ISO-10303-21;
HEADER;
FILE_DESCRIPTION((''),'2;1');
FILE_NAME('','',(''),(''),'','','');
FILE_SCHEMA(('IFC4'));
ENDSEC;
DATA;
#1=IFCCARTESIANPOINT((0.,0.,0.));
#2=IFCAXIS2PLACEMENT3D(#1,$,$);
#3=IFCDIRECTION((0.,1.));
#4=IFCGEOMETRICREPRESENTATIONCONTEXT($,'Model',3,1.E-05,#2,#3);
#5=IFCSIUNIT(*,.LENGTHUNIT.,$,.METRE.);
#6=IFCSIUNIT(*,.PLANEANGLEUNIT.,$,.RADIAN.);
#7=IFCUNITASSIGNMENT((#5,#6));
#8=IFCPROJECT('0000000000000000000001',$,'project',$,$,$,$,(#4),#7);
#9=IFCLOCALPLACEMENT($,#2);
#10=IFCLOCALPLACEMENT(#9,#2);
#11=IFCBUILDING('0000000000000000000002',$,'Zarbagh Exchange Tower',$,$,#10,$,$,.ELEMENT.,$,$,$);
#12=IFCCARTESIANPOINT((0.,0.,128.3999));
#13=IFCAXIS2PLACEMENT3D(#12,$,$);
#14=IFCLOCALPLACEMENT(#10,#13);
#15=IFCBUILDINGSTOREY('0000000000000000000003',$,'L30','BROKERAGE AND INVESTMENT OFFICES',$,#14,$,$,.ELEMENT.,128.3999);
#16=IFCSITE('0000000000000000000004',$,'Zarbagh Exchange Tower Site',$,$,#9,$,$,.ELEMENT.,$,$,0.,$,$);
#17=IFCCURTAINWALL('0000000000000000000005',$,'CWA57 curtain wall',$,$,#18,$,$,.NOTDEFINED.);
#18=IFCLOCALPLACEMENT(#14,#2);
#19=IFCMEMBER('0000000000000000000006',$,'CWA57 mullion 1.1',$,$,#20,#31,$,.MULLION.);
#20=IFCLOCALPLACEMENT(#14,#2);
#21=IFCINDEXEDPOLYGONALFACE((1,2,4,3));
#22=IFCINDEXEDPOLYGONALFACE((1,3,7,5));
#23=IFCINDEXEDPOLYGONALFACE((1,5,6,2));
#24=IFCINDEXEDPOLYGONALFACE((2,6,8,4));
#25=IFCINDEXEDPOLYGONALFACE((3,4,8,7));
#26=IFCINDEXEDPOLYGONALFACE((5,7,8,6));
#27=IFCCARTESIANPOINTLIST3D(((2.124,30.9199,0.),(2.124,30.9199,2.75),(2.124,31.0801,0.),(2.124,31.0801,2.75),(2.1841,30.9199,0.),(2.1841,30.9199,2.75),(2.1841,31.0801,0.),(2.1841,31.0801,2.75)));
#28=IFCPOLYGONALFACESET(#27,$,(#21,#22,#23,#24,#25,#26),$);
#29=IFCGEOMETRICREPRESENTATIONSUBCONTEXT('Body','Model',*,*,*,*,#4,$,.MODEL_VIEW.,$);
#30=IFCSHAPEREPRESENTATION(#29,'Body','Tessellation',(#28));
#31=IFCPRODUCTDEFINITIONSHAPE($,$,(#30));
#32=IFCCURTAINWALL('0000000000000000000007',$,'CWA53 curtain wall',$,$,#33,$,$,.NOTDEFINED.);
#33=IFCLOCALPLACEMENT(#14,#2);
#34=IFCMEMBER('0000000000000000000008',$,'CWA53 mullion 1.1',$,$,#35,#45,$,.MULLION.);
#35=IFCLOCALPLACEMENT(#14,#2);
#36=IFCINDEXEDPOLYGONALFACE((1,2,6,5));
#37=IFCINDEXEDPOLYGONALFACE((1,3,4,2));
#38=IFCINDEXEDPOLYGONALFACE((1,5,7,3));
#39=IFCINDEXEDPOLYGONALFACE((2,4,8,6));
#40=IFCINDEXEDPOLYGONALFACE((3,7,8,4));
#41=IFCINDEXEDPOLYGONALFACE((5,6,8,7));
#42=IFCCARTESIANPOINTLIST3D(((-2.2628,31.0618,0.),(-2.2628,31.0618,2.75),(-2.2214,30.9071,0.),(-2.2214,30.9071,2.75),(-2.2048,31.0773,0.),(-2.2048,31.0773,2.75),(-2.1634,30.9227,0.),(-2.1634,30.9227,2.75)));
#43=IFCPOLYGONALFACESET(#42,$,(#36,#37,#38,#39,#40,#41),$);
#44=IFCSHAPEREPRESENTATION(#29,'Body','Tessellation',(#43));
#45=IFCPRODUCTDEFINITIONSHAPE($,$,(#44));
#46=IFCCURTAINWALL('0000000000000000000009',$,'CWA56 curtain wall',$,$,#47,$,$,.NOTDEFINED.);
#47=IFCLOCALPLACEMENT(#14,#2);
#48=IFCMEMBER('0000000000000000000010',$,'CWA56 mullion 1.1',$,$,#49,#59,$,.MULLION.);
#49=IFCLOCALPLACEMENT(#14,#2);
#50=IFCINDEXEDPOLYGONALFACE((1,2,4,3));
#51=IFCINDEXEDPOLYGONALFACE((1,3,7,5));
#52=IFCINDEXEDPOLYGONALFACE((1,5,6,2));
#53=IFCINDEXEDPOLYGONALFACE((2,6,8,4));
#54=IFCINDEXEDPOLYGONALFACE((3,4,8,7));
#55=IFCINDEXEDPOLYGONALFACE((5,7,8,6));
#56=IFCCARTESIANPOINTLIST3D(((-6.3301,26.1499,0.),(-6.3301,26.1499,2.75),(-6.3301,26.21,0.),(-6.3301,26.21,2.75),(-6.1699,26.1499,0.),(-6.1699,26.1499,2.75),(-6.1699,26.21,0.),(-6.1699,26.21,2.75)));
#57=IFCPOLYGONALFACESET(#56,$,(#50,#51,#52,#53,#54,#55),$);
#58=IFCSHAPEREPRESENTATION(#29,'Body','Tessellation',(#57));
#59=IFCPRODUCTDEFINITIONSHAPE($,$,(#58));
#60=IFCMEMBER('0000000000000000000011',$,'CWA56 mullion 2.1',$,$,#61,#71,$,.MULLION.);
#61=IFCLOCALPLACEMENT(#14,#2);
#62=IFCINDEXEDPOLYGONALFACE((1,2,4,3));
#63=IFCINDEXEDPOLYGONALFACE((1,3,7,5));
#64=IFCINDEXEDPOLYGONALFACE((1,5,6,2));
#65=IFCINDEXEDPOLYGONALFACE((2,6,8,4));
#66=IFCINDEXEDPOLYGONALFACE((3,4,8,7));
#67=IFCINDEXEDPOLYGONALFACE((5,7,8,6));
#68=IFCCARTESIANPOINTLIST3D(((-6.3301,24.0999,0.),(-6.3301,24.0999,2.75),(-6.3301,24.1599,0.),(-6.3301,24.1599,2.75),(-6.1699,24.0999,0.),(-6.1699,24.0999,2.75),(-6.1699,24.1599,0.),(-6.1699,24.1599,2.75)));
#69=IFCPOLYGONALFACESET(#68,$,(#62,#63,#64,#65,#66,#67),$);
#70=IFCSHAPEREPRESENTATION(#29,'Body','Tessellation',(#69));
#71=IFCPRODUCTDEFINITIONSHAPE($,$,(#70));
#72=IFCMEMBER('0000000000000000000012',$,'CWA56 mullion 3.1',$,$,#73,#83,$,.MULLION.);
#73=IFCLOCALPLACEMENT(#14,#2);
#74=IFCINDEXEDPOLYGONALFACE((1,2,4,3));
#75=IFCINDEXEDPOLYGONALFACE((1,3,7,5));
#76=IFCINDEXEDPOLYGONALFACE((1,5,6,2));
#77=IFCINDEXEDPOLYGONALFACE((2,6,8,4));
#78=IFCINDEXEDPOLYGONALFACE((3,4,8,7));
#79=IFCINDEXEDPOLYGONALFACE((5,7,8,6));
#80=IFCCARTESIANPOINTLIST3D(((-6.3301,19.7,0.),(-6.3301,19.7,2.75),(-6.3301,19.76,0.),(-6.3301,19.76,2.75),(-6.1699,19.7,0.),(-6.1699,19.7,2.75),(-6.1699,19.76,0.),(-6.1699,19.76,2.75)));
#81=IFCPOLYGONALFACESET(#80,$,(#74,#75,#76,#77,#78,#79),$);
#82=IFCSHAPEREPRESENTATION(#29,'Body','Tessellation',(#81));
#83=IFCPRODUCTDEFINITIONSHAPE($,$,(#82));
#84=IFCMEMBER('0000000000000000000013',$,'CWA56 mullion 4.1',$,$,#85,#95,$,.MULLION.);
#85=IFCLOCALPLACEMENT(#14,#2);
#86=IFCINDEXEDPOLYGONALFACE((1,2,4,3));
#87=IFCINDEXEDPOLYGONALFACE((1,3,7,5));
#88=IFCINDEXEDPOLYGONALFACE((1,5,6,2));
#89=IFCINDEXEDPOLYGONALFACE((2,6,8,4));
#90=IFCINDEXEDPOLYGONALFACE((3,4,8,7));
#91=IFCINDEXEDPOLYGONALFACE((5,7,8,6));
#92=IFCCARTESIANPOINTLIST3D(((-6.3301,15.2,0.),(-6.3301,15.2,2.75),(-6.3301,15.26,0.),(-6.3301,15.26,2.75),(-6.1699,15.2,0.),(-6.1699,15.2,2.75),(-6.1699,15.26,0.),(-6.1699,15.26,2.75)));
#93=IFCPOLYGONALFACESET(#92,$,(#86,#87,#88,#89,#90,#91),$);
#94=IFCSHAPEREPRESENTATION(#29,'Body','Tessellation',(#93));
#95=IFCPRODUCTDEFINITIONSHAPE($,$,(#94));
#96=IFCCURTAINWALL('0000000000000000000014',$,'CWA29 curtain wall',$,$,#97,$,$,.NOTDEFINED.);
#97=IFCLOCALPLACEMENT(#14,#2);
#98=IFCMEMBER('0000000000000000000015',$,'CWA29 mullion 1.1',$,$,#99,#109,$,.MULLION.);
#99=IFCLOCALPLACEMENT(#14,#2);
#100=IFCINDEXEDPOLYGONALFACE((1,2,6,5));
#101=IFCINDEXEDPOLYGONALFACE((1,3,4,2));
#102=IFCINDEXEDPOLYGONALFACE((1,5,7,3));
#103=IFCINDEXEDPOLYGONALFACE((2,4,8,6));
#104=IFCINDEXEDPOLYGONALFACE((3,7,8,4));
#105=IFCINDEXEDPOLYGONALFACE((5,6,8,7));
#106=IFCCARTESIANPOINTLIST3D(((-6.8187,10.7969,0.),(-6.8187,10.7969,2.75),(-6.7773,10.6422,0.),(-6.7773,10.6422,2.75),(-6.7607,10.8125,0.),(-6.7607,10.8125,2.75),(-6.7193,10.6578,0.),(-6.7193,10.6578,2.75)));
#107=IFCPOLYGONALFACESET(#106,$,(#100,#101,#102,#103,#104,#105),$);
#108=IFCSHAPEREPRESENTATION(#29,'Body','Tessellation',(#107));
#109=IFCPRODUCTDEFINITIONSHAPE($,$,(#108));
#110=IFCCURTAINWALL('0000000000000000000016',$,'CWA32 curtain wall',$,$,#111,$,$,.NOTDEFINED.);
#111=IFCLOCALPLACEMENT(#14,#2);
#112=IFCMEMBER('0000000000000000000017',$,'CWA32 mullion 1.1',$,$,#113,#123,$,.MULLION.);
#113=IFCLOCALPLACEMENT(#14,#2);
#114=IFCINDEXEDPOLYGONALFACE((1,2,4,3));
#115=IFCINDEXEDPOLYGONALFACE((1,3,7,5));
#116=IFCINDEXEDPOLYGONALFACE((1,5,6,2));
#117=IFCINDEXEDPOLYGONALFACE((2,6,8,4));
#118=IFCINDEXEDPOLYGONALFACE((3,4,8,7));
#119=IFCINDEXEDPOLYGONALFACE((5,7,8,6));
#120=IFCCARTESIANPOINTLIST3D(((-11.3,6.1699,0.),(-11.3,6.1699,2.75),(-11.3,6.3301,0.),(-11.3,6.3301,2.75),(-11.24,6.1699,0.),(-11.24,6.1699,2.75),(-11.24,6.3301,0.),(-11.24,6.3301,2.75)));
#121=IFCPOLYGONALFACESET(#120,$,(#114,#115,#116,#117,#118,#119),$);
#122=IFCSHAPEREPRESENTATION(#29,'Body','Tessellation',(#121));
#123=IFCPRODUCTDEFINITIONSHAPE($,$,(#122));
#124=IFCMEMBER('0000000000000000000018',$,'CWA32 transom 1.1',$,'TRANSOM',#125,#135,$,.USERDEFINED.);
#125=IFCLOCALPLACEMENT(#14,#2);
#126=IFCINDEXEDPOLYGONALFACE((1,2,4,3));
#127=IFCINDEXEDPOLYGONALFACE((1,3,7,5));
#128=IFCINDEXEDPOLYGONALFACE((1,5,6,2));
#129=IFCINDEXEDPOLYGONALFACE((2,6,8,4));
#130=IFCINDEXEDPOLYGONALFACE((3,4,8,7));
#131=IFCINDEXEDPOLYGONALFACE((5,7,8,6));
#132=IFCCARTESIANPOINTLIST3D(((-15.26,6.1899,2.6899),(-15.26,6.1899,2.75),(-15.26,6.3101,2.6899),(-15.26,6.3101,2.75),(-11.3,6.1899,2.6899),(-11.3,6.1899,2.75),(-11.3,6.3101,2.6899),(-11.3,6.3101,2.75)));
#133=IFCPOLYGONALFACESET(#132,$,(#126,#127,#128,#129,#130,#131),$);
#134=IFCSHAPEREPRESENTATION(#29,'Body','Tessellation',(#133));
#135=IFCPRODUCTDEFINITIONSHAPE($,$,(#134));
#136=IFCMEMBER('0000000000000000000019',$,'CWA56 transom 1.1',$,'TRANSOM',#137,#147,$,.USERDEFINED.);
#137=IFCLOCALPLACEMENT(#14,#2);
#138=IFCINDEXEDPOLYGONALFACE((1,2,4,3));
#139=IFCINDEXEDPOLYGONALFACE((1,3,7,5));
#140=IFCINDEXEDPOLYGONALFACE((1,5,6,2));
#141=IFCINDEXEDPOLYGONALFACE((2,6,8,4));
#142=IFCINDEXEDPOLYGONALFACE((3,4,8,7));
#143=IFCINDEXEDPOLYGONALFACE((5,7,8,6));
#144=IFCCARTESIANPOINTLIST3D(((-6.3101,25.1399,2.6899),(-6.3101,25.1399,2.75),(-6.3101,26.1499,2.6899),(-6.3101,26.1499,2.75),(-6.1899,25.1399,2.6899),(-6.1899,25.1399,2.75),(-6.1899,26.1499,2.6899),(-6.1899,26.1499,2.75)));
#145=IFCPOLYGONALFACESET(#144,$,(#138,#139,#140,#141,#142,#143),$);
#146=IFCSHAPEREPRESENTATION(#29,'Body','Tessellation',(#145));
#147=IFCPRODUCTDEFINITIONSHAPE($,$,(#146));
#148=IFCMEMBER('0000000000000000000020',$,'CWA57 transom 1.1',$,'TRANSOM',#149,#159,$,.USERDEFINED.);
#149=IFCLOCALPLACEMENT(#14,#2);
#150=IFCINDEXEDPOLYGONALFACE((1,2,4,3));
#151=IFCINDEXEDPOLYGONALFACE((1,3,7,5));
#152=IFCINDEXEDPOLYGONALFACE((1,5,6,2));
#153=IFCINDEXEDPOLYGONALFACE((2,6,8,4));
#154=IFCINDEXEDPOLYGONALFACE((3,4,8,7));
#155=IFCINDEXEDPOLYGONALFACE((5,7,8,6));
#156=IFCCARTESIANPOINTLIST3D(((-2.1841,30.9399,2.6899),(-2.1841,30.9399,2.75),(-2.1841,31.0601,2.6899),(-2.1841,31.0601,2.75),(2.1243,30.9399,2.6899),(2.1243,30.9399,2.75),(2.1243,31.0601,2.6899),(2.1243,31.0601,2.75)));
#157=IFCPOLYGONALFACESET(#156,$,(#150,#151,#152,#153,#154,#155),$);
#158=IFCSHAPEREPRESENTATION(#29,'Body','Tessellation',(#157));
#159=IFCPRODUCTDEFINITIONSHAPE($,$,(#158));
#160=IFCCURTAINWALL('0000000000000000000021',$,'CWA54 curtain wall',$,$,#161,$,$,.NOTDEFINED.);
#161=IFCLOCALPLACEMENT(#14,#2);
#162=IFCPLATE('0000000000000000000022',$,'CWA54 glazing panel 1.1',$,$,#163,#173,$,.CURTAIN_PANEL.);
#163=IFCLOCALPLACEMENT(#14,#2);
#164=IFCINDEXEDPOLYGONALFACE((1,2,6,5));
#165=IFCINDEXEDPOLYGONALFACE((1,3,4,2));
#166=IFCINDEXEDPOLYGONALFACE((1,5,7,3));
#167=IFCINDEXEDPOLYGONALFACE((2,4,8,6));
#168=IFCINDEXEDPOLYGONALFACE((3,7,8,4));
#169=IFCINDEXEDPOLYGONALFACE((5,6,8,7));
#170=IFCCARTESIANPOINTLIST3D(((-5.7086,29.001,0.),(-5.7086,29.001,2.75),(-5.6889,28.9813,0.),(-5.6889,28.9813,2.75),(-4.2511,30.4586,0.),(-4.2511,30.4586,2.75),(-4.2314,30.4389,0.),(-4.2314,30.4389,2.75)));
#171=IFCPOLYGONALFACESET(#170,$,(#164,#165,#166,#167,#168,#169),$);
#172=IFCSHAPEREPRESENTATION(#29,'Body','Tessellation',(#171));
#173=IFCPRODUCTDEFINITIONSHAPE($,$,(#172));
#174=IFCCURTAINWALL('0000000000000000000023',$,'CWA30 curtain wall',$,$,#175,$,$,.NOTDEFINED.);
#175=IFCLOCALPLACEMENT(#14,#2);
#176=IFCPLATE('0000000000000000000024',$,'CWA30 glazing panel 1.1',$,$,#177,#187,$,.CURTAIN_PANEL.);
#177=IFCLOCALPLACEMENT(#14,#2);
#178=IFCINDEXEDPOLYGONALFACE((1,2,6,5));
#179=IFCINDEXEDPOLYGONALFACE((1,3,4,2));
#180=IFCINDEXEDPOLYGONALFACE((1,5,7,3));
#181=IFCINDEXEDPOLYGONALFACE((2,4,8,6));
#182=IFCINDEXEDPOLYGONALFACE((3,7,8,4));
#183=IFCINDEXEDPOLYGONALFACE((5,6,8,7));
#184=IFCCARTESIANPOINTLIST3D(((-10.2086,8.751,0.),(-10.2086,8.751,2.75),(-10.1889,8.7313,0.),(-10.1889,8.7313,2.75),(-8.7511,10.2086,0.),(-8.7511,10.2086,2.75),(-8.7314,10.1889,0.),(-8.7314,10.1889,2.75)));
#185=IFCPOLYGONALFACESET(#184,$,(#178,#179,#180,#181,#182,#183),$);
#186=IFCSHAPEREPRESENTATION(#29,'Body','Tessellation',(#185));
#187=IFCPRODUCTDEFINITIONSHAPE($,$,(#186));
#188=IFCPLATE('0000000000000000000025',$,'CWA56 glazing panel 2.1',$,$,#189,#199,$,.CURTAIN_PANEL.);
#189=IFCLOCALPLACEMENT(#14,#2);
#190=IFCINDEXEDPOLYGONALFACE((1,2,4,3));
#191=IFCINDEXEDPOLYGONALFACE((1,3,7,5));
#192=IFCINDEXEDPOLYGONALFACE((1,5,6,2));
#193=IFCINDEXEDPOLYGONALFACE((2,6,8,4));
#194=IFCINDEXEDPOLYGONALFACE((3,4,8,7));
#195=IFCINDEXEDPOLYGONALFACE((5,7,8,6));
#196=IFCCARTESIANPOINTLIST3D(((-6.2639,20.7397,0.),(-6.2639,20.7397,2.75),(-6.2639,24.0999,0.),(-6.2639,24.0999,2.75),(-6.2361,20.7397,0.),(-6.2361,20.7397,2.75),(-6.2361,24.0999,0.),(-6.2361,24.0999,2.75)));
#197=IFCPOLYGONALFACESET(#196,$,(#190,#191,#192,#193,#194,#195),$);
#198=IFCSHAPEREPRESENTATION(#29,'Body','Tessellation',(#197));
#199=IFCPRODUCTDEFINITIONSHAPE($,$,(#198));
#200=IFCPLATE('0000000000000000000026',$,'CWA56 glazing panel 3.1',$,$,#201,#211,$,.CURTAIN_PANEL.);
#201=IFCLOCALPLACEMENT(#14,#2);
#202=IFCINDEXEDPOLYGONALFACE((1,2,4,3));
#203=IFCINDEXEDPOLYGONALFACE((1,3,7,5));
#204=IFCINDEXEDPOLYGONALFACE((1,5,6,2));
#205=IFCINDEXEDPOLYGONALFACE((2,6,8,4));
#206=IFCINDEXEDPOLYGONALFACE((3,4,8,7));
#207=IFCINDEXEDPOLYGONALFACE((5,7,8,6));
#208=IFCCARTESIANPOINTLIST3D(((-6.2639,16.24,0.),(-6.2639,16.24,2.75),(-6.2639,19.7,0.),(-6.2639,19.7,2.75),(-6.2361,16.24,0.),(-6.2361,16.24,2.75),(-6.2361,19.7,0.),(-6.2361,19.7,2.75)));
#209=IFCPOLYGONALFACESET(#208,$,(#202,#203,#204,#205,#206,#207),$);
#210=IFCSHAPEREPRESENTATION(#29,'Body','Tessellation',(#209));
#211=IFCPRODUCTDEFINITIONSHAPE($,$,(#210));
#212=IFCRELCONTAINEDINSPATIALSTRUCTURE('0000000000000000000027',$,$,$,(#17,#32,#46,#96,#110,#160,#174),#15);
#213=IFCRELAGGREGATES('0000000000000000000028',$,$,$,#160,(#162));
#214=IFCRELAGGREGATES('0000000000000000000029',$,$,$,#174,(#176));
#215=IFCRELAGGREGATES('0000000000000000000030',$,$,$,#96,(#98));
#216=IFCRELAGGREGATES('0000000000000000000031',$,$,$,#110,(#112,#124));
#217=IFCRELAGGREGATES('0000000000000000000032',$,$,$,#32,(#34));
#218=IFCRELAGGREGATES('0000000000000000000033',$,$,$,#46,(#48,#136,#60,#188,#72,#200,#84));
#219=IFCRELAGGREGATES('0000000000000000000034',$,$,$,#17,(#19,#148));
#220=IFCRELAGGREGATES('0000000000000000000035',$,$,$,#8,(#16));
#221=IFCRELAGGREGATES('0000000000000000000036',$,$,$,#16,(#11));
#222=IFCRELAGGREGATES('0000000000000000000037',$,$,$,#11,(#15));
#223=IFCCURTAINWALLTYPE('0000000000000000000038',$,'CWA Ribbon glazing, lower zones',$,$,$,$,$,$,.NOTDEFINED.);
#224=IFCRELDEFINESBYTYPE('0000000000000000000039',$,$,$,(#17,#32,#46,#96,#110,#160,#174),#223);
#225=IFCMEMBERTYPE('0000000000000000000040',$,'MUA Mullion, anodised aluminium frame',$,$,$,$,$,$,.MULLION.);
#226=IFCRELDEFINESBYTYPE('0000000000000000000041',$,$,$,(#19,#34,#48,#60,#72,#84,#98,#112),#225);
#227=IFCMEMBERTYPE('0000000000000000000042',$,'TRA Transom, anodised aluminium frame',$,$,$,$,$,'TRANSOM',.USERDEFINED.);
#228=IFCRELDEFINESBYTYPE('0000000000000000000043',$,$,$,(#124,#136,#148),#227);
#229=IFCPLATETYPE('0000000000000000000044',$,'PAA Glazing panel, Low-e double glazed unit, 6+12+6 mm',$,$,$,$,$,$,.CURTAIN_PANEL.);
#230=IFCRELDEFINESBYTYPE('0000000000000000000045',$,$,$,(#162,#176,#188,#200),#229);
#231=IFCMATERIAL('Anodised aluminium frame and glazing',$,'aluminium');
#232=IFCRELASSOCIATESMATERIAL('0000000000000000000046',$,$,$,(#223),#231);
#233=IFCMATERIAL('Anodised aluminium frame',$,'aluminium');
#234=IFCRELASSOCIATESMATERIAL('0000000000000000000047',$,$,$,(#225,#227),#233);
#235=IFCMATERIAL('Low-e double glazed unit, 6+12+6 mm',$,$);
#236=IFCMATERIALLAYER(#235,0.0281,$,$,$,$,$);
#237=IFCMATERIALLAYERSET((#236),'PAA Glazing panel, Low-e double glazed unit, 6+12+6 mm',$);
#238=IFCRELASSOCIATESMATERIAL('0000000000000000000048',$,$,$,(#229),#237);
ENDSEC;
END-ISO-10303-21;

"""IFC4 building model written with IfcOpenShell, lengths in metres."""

from ifc_helpers import new_model, si_unit, direction, frame, origin, place, context, subcontext, project, spatial, polyline, outline, extrude, source, transform, mapped, material, layer, layer_set, type_object, element, aggregate, save


model = new_model("IFC4")

# Units and contexts
model_context = context("Model", 3, precision=1e-05, world=origin(), true_north=direction((0.0, 1.0)))
body_context = subcontext(model_context, "Body", "Model", "MODEL_VIEW")
ifc_project = project(units=[si_unit("LENGTHUNIT", "METRE"), si_unit("PLANEANGLEUNIT", "RADIAN")], contexts=[model_context])

# Site, building, storey
site_placement = place(None, origin())
site = spatial("IfcSite", under=ifc_project, at=site_placement, Name="Zarbagh Exchange Tower Site", CompositionType="ELEMENT", RefElevation=0.0)
building_placement = place(site_placement, origin())
building = spatial("IfcBuilding", under=site, at=building_placement, Name="Zarbagh Exchange Tower", CompositionType="ELEMENT")
storey_placement = place(building_placement, frame((0.0, 0.0, 128.3999)))
storey = spatial("IfcBuildingStorey", under=building, at=storey_placement, Name="L30", Description="BROKERAGE AND INVESTMENT OFFICES", CompositionType="ELEMENT", Elevation=128.3999)

# Curtain walls, members
ifc_material_1 = material(Name="Anodised aluminium frame and glazing", Category="aluminium")
curtain_wall_type = type_object("IfcCurtainWallType", Name="CWA Ribbon glazing, lower zones", PredefinedType="NOTDEFINED", material=ifc_material_1)
curtain_wall_1_placement = place(storey_placement, origin())
curtain_wall_1 = element("IfcCurtainWall", 1, at=curtain_wall_1_placement, inside=storey, type_object=curtain_wall_type, Name="CWA57 curtain wall", PredefinedType="NOTDEFINED")
ifc_material_2 = material(Name="Anodised aluminium frame", Category="aluminium")
member_type_1 = type_object("IfcMemberType", Name="MUA Mullion, anodised aluminium frame", PredefinedType="MULLION", material=ifc_material_2)
shared_shape_1 = source(origin(), body_context, "Body", "SweptSolid", [
    extrude(outline(polyline([(0.0, -0.0801), (0.0601, -0.0801), (0.0601, 0.0801), (0.0, 0.0801), (0.0, -0.0801)])), origin(), (0.0, 0.0, 1.0), 2.75),
])
placement = place(storey_placement, origin())
member_1 = element("IfcMember", 2, at=placement, type_object=member_type_1, Name="CWA57 mullion 1.1", PredefinedType="MULLION", context=body_context, shape_type="MappedRepresentation", body=[
    mapped(shared_shape_1, transform((2.1841, 31.0, 0.0), x_axis=(-1.0, 0.0, 0.0), y_axis=(0.0, -1.0, 0.0), z_axis=(0.0, 0.0, 1.0))),
])
curtain_wall_2_placement = place(storey_placement, origin())
curtain_wall_2 = element("IfcCurtainWall", 3, at=curtain_wall_2_placement, inside=storey, type_object=curtain_wall_type, Name="CWA53 curtain wall", PredefinedType="NOTDEFINED")
member_2 = element("IfcMember", 4, at=placement, type_object=member_type_1, Name="CWA53 mullion 1.1", PredefinedType="MULLION", context=body_context, shape_type="MappedRepresentation", body=[
    mapped(shared_shape_1, transform((-2.1841, 31.0, 0.0), x_axis=(-0.965924, -0.258825, 0.0), y_axis=(0.258825, -0.965924, 0.0), z_axis=(0.0, 0.0, 1.0))),
])

# Curtain wall, members
curtain_wall_3_placement = place(storey_placement, origin())
curtain_wall_3 = element("IfcCurtainWall", 5, at=curtain_wall_3_placement, inside=storey, type_object=curtain_wall_type, Name="CWA56 curtain wall", PredefinedType="NOTDEFINED")
member_3 = element("IfcMember", 6, at=placement, type_object=member_type_1, Name="CWA56 mullion 1.1", PredefinedType="MULLION", context=body_context, shape_type="MappedRepresentation", body=[
    mapped(shared_shape_1, transform((-6.25, 26.21, 0.0), x_axis=(0.0, -1.0, 0.0), y_axis=(1.0, 0.0, 0.0), z_axis=(0.0, 0.0, 1.0))),
])
member_4 = element("IfcMember", 7, at=placement, type_object=member_type_1, Name="CWA56 mullion 2.1", PredefinedType="MULLION", context=body_context, shape_type="MappedRepresentation", body=[
    mapped(shared_shape_1, transform((-6.25, 24.1599, 0.0), x_axis=(0.0, -1.0, 0.0), y_axis=(1.0, 0.0, 0.0), z_axis=(0.0, 0.0, 1.0))),
])
member_5 = element("IfcMember", 8, at=placement, type_object=member_type_1, Name="CWA56 mullion 3.1", PredefinedType="MULLION", context=body_context, shape_type="MappedRepresentation", body=[
    mapped(shared_shape_1, transform((-6.25, 19.76, 0.0), x_axis=(0.0, -1.0, 0.0), y_axis=(1.0, 0.0, 0.0), z_axis=(0.0, 0.0, 1.0))),
])
member_6 = element("IfcMember", 9, at=placement, type_object=member_type_1, Name="CWA56 mullion 4.1", PredefinedType="MULLION", context=body_context, shape_type="MappedRepresentation", body=[
    mapped(shared_shape_1, transform((-6.25, 15.26, 0.0), x_axis=(0.0, -1.0, 0.0), y_axis=(1.0, 0.0, 0.0), z_axis=(0.0, 0.0, 1.0))),
])

# Curtain wall, member
curtain_wall_4_placement = place(storey_placement, origin())
curtain_wall_4 = element("IfcCurtainWall", 10, at=curtain_wall_4_placement, inside=storey, type_object=curtain_wall_type, Name="CWA29 curtain wall", PredefinedType="NOTDEFINED")
member_7 = element("IfcMember", 11, at=placement, type_object=member_type_1, Name="CWA29 mullion 1.1", PredefinedType="MULLION", context=body_context, shape_type="MappedRepresentation", body=[
    mapped(shared_shape_1, transform((-6.74, 10.7351, 0.0), x_axis=(-0.965924, -0.258825, 0.0), y_axis=(0.258825, -0.965924, 0.0), z_axis=(0.0, 0.0, 1.0))),
])

# Curtain wall, members
curtain_wall_5_placement = place(storey_placement, origin())
curtain_wall_5 = element("IfcCurtainWall", 12, at=curtain_wall_5_placement, inside=storey, type_object=curtain_wall_type, Name="CWA32 curtain wall", PredefinedType="NOTDEFINED")
member_8 = element("IfcMember", 13, at=placement, type_object=member_type_1, Name="CWA32 mullion 1.1", PredefinedType="MULLION", context=body_context, shape_type="MappedRepresentation", body=[
    mapped(shared_shape_1, transform((-11.24, 6.25, 0.0), x_axis=(-1.0, 0.0, 0.0), y_axis=(0.0, -1.0, 0.0), z_axis=(0.0, 0.0, 1.0))),
])
member_type_2 = type_object("IfcMemberType", Name="TRA Transom, anodised aluminium frame", ElementType="TRANSOM", PredefinedType="USERDEFINED", material=ifc_material_2)
shared_shape_2 = source(origin(), body_context, "Body", "SweptSolid", [
    extrude(outline(polyline([(-0.0601, -0.0601), (0.0, -0.0601), (0.0, 0.0601), (-0.0601, 0.0601), (-0.0601, -0.0601)])), origin(), (0.0, 0.0, 1.0), 3.96),
])
member_9 = element("IfcMember", 14, at=placement, type_object=member_type_2, Name="CWA32 transom 1.1", ObjectType="TRANSOM", PredefinedType="USERDEFINED", context=body_context, shape_type="MappedRepresentation", body=[
    mapped(shared_shape_2, transform((-11.3, 6.25, 2.75), x_axis=(0.0, 0.0, 1.0), y_axis=(0.0, 1.0, 0.0), z_axis=(-1.0, 0.0, 0.0))),
])

# Members
shared_shape_3 = source(origin(), body_context, "Body", "SweptSolid", [
    extrude(outline(polyline([(-0.0601, -0.0601), (0.0, -0.0601), (0.0, 0.0601), (-0.0601, 0.0601), (-0.0601, -0.0601)])), origin(), (0.0, 0.0, 1.0), 1.01),
])
member_10 = element("IfcMember", 15, at=placement, type_object=member_type_2, Name="CWA56 transom 1.1", ObjectType="TRANSOM", PredefinedType="USERDEFINED", context=body_context, shape_type="MappedRepresentation", body=[
    mapped(shared_shape_3, transform((-6.25, 26.1499, 2.75), x_axis=(0.0, 0.0, 1.0), y_axis=(-1.0, 0.0, 0.0), z_axis=(0.0, -1.0, 0.0))),
])
shared_shape_4 = source(origin(), body_context, "Body", "SweptSolid", [
    extrude(outline(polyline([(-0.0601, -0.0601), (0.0, -0.0601), (0.0, 0.0601), (-0.0601, 0.0601), (-0.0601, -0.0601)])), origin(), (0.0, 0.0, 1.0), 4.3083),
])
member_11 = element("IfcMember", 16, at=placement, type_object=member_type_2, Name="CWA57 transom 1.1", ObjectType="TRANSOM", PredefinedType="USERDEFINED", context=body_context, shape_type="MappedRepresentation", body=[
    mapped(shared_shape_4, transform((2.1243, 31.0, 2.75), x_axis=(0.0, 0.0, 1.0), y_axis=(0.0, 1.0, 0.0), z_axis=(-1.0, 0.0, 0.0))),
])

# Curtain walls, plates
curtain_wall_6_placement = place(storey_placement, origin())
curtain_wall_6 = element("IfcCurtainWall", 17, at=curtain_wall_6_placement, inside=storey, type_object=curtain_wall_type, Name="CWA54 curtain wall", PredefinedType="NOTDEFINED")
ifc_material_3 = material(Name="Low-e double glazed unit, 6+12+6 mm")
ifc_layer = layer(ifc_material_3, 0.0281)
ifc_layer_set = layer_set([ifc_layer], Name="PAA Glazing panel, Low-e double glazed unit, 6+12+6 mm")
plate_type = type_object("IfcPlateType", Name="PAA Glazing panel, Low-e double glazed unit, 6+12+6 mm", PredefinedType="CURTAIN_PANEL", material=ifc_layer_set)
shared_shape_5 = source(origin(), body_context, "Body", "SweptSolid", [
    extrude(outline(polyline([(0.0, -0.0139), (2.0613, -0.0139), (2.0613, 0.0139), (0.0, 0.0139), (0.0, -0.0139)])), origin(), (0.0, 0.0, 1.0), 2.75),
])
plate_1 = element("IfcPlate", 18, at=placement, type_object=plate_type, Name="CWA54 glazing panel 1.1", PredefinedType="CURTAIN_PANEL", context=body_context, shape_type="MappedRepresentation", body=[
    mapped(shared_shape_5, transform((-4.2412, 30.4487, 0.0), x_axis=(-0.707107, -0.707107, 0.0), y_axis=(0.707107, -0.707107, 0.0), z_axis=(0.0, 0.0, 1.0))),
])
aggregate(curtain_wall_6, [plate_1])
curtain_wall_7_placement = place(storey_placement, origin())
curtain_wall_7 = element("IfcCurtainWall", 19, at=curtain_wall_7_placement, inside=storey, type_object=curtain_wall_type, Name="CWA30 curtain wall", PredefinedType="NOTDEFINED")
plate_2 = element("IfcPlate", 20, at=placement, type_object=plate_type, Name="CWA30 glazing panel 1.1", PredefinedType="CURTAIN_PANEL", context=body_context, shape_type="MappedRepresentation", body=[
    mapped(shared_shape_5, transform((-8.7412, 10.1987, 0.0), x_axis=(-0.707107, -0.707107, 0.0), y_axis=(0.707107, -0.707107, 0.0), z_axis=(0.0, 0.0, 1.0))),
])
aggregate(curtain_wall_7, [plate_2])

# Plates
shared_shape_6 = source(origin(), body_context, "Body", "SweptSolid", [
    extrude(outline(polyline([(0.0, -0.0139), (3.3601, -0.0139), (3.3601, 0.0139), (0.0, 0.0139), (0.0, -0.0139)])), origin(), (0.0, 0.0, 1.0), 2.75),
])
plate_3 = element("IfcPlate", 21, at=placement, type_object=plate_type, Name="CWA56 glazing panel 2.1", PredefinedType="CURTAIN_PANEL", context=body_context, shape_type="MappedRepresentation", body=[
    mapped(shared_shape_6, transform((-6.25, 24.0999, 0.0), x_axis=(0.0, -1.0, 0.0), y_axis=(1.0, 0.0, 0.0), z_axis=(0.0, 0.0, 1.0))),
])
shared_shape_7 = source(origin(), body_context, "Body", "SweptSolid", [
    extrude(outline(polyline([(0.0, -0.0139), (3.46, -0.0139), (3.46, 0.0139), (0.0, 0.0139), (0.0, -0.0139)])), origin(), (0.0, 0.0, 1.0), 2.75),
])
plate_4 = element("IfcPlate", 22, at=placement, type_object=plate_type, Name="CWA56 glazing panel 3.1", PredefinedType="CURTAIN_PANEL", context=body_context, shape_type="MappedRepresentation", body=[
    mapped(shared_shape_7, transform((-6.25, 19.7, 0.0), x_axis=(0.0, -1.0, 0.0), y_axis=(1.0, 0.0, 0.0), z_axis=(0.0, 0.0, 1.0))),
])
aggregate(curtain_wall_4, [member_7])

aggregate(curtain_wall_5, [member_8, member_9])
aggregate(curtain_wall_2, [member_2])

aggregate(curtain_wall_3, [member_3, member_10, member_4, plate_3, member_5, plate_4, member_6])
aggregate(curtain_wall_1, [member_1, member_11])

save(model, "model.ifc")
